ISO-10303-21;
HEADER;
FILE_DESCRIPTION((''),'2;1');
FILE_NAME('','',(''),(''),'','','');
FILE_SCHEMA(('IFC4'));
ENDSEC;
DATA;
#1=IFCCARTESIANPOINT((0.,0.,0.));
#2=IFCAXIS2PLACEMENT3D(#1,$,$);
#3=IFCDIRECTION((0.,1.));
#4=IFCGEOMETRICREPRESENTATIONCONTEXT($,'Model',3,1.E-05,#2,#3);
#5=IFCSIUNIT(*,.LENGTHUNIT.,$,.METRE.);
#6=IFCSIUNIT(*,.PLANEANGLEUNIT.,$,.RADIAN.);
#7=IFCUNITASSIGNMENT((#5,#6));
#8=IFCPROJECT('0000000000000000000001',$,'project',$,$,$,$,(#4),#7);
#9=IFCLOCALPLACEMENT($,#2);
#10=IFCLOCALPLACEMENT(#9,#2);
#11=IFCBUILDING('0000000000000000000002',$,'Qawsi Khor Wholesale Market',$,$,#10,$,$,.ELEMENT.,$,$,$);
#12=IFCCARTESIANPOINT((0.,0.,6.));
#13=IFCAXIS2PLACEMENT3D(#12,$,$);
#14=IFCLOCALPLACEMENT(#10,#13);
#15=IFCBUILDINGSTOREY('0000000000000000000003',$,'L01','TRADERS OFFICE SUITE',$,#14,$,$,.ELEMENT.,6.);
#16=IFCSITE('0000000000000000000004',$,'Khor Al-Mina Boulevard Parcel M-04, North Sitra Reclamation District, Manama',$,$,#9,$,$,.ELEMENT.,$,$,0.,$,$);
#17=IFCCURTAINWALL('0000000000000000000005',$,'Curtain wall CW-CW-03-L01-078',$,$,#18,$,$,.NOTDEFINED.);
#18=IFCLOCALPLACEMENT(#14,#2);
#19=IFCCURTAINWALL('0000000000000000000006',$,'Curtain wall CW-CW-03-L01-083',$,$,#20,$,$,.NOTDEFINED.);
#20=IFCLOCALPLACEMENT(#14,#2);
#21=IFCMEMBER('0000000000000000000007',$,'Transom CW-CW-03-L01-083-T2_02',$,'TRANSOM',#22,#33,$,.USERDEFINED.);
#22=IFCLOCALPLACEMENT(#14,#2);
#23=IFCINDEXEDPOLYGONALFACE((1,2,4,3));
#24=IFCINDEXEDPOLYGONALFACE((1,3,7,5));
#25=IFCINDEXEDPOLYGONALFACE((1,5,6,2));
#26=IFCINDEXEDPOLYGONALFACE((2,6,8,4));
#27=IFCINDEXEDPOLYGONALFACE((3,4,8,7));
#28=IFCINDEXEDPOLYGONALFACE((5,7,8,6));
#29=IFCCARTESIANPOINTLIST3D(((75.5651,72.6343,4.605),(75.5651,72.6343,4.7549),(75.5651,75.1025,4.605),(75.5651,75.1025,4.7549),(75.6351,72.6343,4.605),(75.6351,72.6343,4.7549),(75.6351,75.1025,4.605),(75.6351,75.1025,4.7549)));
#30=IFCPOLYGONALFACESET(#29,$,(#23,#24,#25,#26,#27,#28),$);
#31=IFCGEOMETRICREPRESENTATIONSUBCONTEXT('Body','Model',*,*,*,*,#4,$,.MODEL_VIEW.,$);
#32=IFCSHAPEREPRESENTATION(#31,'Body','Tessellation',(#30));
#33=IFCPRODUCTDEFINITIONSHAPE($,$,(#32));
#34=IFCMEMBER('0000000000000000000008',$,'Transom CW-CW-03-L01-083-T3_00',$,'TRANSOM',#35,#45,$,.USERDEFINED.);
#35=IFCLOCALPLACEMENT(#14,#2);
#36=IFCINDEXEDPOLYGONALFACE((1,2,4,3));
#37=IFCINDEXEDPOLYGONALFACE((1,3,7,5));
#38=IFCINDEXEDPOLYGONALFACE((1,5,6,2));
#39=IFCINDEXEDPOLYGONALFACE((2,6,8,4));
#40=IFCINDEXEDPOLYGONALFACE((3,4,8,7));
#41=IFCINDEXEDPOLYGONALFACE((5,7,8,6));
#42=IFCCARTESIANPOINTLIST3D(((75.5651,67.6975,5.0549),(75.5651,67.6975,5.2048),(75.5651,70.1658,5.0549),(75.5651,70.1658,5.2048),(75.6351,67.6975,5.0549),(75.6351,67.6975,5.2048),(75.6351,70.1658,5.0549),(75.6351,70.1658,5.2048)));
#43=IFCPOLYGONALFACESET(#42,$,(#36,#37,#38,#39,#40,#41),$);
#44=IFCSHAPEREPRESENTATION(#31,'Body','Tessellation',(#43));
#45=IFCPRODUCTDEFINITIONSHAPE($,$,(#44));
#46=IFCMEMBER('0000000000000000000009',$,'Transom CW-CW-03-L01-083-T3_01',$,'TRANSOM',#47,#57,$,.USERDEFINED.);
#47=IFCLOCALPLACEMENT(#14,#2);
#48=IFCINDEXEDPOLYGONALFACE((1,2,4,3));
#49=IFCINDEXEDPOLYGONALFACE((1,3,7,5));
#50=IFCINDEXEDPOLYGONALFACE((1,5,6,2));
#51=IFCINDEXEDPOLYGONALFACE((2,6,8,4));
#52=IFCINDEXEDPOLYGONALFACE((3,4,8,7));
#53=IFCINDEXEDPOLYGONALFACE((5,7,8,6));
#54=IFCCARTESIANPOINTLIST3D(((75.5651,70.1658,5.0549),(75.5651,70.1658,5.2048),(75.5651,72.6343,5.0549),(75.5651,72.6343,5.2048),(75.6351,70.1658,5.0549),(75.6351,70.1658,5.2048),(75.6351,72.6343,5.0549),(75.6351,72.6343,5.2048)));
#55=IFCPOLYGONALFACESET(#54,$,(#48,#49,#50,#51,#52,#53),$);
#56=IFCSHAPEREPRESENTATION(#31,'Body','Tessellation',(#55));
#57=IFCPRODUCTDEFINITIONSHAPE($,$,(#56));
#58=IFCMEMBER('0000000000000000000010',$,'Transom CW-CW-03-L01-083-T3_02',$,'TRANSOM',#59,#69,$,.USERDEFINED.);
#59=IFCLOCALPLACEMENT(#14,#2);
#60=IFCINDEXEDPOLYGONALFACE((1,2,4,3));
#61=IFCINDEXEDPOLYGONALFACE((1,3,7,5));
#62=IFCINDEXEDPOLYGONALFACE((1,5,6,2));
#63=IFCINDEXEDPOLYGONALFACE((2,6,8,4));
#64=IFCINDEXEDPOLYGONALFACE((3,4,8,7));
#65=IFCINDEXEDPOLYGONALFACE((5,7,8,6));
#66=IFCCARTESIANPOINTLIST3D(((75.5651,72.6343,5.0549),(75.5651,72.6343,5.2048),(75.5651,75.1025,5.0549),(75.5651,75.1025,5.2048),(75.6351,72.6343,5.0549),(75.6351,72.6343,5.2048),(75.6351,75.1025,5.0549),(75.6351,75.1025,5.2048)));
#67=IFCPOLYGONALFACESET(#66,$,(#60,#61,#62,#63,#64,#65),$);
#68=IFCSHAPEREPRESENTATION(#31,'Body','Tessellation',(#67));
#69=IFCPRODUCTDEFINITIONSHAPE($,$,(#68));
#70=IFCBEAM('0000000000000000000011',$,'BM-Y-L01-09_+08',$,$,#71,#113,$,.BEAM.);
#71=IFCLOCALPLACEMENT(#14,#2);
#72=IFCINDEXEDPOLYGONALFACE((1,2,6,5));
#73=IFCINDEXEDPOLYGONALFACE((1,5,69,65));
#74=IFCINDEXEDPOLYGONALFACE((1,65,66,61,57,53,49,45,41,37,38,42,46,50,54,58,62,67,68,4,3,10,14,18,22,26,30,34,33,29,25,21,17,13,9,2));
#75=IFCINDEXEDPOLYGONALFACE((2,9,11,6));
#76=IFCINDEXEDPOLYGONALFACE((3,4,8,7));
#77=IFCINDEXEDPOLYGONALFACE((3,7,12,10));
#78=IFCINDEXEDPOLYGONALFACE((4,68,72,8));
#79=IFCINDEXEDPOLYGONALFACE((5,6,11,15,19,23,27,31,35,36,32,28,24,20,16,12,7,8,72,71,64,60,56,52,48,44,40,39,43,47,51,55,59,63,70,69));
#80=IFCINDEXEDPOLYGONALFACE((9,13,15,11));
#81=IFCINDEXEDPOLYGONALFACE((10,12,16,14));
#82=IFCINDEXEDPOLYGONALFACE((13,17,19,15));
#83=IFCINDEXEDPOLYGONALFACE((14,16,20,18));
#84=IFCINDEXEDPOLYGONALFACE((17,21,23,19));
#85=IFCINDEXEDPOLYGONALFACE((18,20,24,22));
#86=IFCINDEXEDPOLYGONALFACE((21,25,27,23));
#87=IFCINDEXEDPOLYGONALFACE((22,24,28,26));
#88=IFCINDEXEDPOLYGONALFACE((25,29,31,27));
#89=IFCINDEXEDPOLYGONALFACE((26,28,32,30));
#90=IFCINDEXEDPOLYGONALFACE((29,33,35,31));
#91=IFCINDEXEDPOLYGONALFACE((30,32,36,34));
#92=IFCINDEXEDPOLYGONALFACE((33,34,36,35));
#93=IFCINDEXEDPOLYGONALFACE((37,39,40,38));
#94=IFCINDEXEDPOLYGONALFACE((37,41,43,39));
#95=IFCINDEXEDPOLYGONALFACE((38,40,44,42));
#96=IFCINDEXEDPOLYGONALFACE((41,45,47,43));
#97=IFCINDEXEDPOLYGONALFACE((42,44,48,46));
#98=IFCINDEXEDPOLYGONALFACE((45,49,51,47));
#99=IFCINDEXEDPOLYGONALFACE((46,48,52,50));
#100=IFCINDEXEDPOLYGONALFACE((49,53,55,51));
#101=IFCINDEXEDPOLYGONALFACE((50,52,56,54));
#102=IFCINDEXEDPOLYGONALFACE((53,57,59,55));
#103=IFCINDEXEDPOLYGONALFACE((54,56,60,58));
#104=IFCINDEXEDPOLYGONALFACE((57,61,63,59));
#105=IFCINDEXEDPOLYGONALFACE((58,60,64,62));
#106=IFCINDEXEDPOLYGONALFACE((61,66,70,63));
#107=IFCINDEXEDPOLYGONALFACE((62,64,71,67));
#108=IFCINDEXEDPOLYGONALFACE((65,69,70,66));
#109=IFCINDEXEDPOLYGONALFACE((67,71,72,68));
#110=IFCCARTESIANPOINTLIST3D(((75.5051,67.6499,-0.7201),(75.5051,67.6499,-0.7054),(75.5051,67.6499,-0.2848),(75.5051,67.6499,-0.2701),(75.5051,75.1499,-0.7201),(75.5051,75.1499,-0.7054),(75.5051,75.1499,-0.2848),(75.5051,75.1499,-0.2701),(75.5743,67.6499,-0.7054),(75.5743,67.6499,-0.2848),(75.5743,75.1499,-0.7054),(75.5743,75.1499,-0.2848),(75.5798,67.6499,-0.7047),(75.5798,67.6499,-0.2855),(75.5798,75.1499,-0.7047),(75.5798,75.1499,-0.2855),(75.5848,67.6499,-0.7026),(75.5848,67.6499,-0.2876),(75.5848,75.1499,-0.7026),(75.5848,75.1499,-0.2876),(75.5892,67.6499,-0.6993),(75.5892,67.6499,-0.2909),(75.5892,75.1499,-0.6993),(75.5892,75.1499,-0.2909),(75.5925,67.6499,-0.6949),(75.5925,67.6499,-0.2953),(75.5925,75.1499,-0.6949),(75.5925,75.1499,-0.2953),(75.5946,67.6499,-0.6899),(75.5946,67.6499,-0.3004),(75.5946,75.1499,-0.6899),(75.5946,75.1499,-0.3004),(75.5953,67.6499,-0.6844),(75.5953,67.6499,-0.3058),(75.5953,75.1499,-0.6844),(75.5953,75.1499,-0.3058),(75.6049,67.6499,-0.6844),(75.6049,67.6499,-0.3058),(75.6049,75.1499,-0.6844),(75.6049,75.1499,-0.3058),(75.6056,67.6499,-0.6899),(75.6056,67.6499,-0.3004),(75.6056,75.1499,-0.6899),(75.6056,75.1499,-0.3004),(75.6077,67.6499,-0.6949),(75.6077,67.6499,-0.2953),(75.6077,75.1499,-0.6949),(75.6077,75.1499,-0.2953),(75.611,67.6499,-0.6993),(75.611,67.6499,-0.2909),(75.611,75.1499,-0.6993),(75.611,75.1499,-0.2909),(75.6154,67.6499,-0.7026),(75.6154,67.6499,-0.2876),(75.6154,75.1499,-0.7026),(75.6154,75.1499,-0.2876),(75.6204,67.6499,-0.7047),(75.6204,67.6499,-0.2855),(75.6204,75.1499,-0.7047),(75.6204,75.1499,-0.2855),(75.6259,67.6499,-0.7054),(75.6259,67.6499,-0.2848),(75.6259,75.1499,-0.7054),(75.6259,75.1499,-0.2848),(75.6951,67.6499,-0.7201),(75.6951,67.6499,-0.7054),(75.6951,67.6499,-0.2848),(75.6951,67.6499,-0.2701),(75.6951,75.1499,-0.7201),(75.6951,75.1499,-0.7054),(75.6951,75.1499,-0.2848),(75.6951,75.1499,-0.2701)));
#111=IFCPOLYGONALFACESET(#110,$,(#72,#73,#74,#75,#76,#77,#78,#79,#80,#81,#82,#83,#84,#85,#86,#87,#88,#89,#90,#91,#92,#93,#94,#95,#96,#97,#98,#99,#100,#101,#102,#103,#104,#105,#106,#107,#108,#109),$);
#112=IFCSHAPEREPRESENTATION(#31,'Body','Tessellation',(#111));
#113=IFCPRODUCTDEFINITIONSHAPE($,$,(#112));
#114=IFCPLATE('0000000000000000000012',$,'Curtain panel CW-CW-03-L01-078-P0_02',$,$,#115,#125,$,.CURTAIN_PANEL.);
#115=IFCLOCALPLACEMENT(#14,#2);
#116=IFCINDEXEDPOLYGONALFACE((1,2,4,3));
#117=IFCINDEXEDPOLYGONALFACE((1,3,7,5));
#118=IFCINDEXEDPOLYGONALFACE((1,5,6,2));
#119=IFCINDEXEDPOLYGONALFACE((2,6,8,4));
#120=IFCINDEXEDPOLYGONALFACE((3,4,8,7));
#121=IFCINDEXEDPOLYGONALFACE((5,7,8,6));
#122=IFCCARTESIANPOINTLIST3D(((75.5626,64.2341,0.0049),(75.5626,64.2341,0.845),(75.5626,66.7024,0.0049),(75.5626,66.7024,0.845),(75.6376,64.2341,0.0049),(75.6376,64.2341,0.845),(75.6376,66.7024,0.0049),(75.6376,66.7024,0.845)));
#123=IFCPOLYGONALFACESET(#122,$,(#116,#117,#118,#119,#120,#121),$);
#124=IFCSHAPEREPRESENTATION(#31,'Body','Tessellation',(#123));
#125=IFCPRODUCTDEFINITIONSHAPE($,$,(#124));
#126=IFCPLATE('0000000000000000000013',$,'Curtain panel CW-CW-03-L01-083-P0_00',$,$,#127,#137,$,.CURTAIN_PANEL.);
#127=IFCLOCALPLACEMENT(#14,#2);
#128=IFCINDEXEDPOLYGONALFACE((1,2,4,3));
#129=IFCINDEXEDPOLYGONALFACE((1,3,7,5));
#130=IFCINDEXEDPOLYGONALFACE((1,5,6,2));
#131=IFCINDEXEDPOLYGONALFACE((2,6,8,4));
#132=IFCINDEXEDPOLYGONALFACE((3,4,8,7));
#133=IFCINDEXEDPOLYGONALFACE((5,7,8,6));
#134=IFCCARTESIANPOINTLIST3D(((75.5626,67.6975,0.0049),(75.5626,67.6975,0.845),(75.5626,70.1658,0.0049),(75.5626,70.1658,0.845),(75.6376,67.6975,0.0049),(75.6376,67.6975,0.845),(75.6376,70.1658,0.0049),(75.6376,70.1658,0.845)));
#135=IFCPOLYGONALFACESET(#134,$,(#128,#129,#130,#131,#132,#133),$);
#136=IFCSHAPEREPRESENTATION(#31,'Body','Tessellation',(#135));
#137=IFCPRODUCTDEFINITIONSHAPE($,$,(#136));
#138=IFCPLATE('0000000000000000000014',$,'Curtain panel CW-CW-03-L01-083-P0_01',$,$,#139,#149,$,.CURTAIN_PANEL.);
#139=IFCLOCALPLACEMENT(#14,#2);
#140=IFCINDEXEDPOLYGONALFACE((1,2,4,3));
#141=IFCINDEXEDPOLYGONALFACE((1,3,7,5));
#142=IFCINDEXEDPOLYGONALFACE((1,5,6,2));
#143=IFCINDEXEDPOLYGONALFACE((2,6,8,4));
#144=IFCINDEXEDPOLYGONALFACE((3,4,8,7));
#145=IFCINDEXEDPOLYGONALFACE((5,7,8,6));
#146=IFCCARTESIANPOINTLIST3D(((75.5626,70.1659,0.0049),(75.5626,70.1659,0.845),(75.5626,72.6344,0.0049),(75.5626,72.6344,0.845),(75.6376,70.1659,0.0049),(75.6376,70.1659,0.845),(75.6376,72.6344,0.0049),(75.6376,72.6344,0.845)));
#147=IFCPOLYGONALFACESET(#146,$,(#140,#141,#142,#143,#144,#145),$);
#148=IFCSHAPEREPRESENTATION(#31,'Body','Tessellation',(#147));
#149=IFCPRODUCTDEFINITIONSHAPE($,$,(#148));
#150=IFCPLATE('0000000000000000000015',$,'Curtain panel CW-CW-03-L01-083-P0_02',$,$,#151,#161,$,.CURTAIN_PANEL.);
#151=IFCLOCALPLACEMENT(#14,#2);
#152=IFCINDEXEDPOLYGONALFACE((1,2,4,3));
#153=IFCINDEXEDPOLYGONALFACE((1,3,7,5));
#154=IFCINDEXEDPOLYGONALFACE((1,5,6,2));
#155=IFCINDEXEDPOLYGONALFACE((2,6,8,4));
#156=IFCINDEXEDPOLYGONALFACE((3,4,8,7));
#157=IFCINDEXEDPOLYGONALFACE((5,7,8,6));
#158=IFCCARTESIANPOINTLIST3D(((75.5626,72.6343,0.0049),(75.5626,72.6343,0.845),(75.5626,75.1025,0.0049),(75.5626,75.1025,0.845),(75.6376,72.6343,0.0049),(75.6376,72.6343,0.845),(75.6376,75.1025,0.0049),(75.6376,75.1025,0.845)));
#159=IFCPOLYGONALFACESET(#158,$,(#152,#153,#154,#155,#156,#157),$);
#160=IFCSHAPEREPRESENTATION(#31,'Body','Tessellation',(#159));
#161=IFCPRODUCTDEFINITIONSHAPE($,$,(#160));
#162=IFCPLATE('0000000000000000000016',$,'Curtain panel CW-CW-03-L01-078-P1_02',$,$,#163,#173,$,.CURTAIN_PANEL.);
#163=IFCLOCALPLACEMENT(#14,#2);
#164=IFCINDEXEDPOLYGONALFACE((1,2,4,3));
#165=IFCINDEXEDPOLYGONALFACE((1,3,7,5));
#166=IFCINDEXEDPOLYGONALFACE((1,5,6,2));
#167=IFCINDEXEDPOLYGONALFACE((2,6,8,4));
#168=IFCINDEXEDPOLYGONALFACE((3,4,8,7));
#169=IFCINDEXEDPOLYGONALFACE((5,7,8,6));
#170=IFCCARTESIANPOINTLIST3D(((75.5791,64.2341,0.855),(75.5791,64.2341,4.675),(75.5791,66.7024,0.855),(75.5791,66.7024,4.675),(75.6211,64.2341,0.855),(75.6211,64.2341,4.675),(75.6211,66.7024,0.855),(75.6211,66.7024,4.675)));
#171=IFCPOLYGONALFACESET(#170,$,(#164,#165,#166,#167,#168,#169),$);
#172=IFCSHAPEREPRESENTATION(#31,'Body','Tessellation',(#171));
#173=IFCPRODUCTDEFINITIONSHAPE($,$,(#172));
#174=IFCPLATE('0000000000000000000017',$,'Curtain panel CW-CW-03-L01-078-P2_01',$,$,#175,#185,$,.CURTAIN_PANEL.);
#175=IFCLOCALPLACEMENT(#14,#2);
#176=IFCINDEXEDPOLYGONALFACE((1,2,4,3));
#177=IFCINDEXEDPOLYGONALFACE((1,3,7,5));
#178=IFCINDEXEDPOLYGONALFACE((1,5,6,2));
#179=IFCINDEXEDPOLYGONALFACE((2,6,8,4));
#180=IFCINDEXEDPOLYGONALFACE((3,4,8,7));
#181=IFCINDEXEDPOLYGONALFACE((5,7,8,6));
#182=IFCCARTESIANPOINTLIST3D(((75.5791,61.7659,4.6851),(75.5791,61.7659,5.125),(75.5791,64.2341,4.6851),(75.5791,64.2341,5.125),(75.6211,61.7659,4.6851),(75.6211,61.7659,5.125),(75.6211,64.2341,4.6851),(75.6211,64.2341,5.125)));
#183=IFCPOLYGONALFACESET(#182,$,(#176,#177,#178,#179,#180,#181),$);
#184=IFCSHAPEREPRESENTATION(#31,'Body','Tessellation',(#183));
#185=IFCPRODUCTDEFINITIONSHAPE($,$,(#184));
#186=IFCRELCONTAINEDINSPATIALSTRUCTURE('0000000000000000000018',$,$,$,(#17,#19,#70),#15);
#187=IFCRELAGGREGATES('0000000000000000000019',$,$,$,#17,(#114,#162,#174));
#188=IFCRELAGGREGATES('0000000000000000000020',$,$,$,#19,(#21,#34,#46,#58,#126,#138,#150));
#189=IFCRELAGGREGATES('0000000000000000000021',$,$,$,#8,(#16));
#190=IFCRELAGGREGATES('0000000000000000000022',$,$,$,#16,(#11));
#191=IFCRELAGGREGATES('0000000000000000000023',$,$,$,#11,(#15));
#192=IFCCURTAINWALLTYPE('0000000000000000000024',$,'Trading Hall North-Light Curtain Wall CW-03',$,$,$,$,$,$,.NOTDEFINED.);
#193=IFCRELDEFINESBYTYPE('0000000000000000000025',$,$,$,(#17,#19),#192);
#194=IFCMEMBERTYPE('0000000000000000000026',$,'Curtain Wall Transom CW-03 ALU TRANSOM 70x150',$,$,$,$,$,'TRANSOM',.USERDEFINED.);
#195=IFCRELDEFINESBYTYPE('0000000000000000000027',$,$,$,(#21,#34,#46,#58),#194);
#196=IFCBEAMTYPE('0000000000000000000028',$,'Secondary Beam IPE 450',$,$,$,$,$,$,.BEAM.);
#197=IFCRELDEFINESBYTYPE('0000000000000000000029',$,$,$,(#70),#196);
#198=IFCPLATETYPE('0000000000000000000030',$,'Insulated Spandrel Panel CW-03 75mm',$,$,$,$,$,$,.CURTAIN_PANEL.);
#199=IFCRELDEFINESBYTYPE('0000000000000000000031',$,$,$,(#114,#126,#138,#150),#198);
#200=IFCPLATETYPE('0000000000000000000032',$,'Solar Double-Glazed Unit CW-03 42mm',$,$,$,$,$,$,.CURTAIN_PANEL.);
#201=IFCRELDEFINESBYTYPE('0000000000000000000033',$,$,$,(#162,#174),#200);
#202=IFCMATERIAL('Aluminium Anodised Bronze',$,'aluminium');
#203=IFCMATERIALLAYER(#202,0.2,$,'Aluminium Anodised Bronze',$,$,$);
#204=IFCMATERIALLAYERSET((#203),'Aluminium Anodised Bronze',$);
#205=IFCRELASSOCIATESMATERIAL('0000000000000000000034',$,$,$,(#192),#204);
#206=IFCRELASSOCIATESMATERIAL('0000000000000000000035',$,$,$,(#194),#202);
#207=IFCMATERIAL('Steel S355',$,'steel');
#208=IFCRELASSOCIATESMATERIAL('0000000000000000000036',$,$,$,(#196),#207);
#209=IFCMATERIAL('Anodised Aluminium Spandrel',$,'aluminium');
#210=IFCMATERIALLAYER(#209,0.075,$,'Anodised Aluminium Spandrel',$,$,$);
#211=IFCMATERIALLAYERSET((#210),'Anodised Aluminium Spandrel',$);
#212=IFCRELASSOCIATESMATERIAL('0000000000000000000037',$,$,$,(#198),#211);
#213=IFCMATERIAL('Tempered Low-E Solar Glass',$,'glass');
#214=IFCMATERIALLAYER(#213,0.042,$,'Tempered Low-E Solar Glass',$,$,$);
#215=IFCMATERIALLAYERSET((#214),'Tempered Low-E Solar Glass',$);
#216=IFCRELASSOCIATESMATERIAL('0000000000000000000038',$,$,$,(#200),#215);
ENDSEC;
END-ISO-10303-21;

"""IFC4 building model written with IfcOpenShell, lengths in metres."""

from ifc_helpers import new_model, si_unit, direction, frame, frame_2d, origin, origin_2d, place, context, subcontext, project, spatial, rectangle, i_section, extrude, material, layer, layer_set, material_profile, profile_set, type_object, element, aggregate, save


model = new_model("IFC4")

# Units and contexts
model_context = context("Model", 3, precision=1e-05, world=origin(), true_north=direction((0.0, 1.0)))
body_context = subcontext(model_context, "Body", "Model", "MODEL_VIEW")
ifc_project = project(units=[si_unit("LENGTHUNIT", "METRE"), si_unit("PLANEANGLEUNIT", "RADIAN")], contexts=[model_context])

# Site, building, storey
site_placement = place(None, origin())
site = spatial("IfcSite", under=ifc_project, at=site_placement, Name="Khor Al-Mina Boulevard Parcel M-04, North Sitra Reclamation District, Manama", CompositionType="ELEMENT", RefElevation=0.0)
building_placement = place(site_placement, origin())
building = spatial("IfcBuilding", under=site, at=building_placement, Name="Qawsi Khor Wholesale Market", CompositionType="ELEMENT")
storey_placement = place(building_placement, frame((0.0, 0.0, 6.0)))
storey = spatial("IfcBuildingStorey", under=building, at=storey_placement, Name="L01", Description="TRADERS OFFICE SUITE", CompositionType="ELEMENT", Elevation=6.0)

# Curtain walls
ifc_material_1 = material(Name="Aluminium Anodised Bronze", Category="aluminium")
ifc_layer_1 = layer(ifc_material_1, 0.2, Name="Aluminium Anodised Bronze")
ifc_layer_set_1 = layer_set([ifc_layer_1], Name="Aluminium Anodised Bronze")
curtain_wall_type = type_object("IfcCurtainWallType", Name="Trading Hall North-Light Curtain Wall CW-03", PredefinedType="NOTDEFINED", material=ifc_layer_set_1)
curtain_wall_1_placement = place(storey_placement, origin())
curtain_wall_1 = element("IfcCurtainWall", 1, at=curtain_wall_1_placement, inside=storey, type_object=curtain_wall_type, Name="Curtain wall CW-CW-03-L01-078", PredefinedType="NOTDEFINED")
curtain_wall_2_placement = place(storey_placement, origin())
curtain_wall_2 = element("IfcCurtainWall", 2, at=curtain_wall_2_placement, inside=storey, type_object=curtain_wall_type, Name="Curtain wall CW-CW-03-L01-083", PredefinedType="NOTDEFINED")

# Members
ifc_material_profile_1 = material_profile(ifc_material_1, rectangle(XDim=0.0701, YDim=0.1499, at=origin_2d()), Name="ALU TRANSOM 70x150")
ifc_profile_set_1 = profile_set([ifc_material_profile_1], Name="Aluminium Anodised Bronze")
member_type_1 = type_object("IfcMemberType", Name="Curtain Wall Transom CW-03 ALU TRANSOM 70x150", ElementType="TRANSOM", PredefinedType="USERDEFINED", material=ifc_profile_set_1)
member_1_placement = place(storey_placement, frame((75.6001, 72.6343, 4.6799), z_axis=(0.0, 1.0, 0.0), x_axis=(-1.0, 0.0, 0.0)))
member_1 = element("IfcMember", 3, at=member_1_placement, type_object=member_type_1, Name="Transom CW-CW-03-L01-083-T2_02", ObjectType="TRANSOM", PredefinedType="USERDEFINED", context=body_context, shape_type="SweptSolid", body=[
    extrude(rectangle(XDim=0.0701, YDim=0.1499, at=origin_2d()), origin(), (0.0, 0.0, 1.0), 2.4683),
])
member_2_placement = place(storey_placement, frame((75.6001, 67.6975, 5.1299), z_axis=(0.0, 1.0, 0.0), x_axis=(-1.0, 0.0, 0.0)))
member_2 = element("IfcMember", 4, at=member_2_placement, type_object=member_type_1, Name="Transom CW-CW-03-L01-083-T3_00", ObjectType="TRANSOM", PredefinedType="USERDEFINED", context=body_context, shape_type="SweptSolid", body=[
    extrude(rectangle(XDim=0.0701, YDim=0.1499, at=origin_2d()), origin(), (0.0, 0.0, 1.0), 2.4683),
])
member_3_placement = place(storey_placement, frame((75.6001, 70.1658, 5.1299), z_axis=(0.0, 1.0, 0.0), x_axis=(-1.0, 0.0, 0.0)))
member_3 = element("IfcMember", 5, at=member_3_placement, type_object=member_type_1, Name="Transom CW-CW-03-L01-083-T3_01", ObjectType="TRANSOM", PredefinedType="USERDEFINED", context=body_context, shape_type="SweptSolid", body=[
    extrude(rectangle(XDim=0.0701, YDim=0.1499, at=origin_2d()), origin(), (0.0, 0.0, 1.0), 2.4685),
])
member_4_placement = place(storey_placement, frame((75.6001, 72.6343, 5.1299), z_axis=(0.0, 1.0, 0.0), x_axis=(-1.0, 0.0, 0.0)))
member_4 = element("IfcMember", 6, at=member_4_placement, type_object=member_type_1, Name="Transom CW-CW-03-L01-083-T3_02", ObjectType="TRANSOM", PredefinedType="USERDEFINED", context=body_context, shape_type="SweptSolid", body=[
    extrude(rectangle(XDim=0.0701, YDim=0.1499, at=origin_2d()), origin(), (0.0, 0.0, 1.0), 2.4683),
])

# Beam
ifc_material_2 = material(Name="Steel S355", Category="steel")
ifc_material_profile_2 = material_profile(ifc_material_2, i_section(OverallWidth=0.1899, OverallDepth=0.45, WebThickness=0.0095, FlangeThickness=0.0146, FilletRadius=0.021, at=origin_2d()), Name="IPE 450")
ifc_profile_set_2 = profile_set([ifc_material_profile_2], Name="Steel S355")
beam_type = type_object("IfcBeamType", Name="Secondary Beam IPE 450", PredefinedType="BEAM", material=ifc_profile_set_2)
beam_placement = place(storey_placement, frame((75.6001, 67.6499, -0.4951), z_axis=(0.0, 1.0, 0.0), x_axis=(-1.0, 0.0, 0.0)))
element("IfcBeam", 7, at=beam_placement, inside=storey, type_object=beam_type, Name="BM-Y-L01-09_+08", PredefinedType="BEAM", context=body_context, shape_type="SweptSolid", body=[
    extrude(i_section(OverallWidth=0.1899, OverallDepth=0.45, WebThickness=0.0095, FlangeThickness=0.0146, FilletRadius=0.021, at=origin_2d()), origin(), (0.0, 0.0, 1.0), 7.5),
])

# Plates
ifc_material_3 = material(Name="Anodised Aluminium Spandrel", Category="aluminium")
ifc_layer_2 = layer(ifc_material_3, 0.075, Name="Anodised Aluminium Spandrel")
ifc_layer_set_2 = layer_set([ifc_layer_2], Name="Anodised Aluminium Spandrel")
plate_type_1 = type_object("IfcPlateType", Name="Insulated Spandrel Panel CW-03 75mm", PredefinedType="CURTAIN_PANEL", material=ifc_layer_set_2)
plate_1_placement = place(storey_placement, frame((75.6001, 64.2341, 0.0049), z_axis=(0.0, 0.0, 1.0), x_axis=(0.0, 1.0, 0.0)))
plate_1 = element("IfcPlate", 8, at=plate_1_placement, type_object=plate_type_1, Name="Curtain panel CW-CW-03-L01-078-P0_02", PredefinedType="CURTAIN_PANEL", context=body_context, shape_type="SweptSolid", body=[
    extrude(rectangle(XDim=2.4683, YDim=0.075, at=frame_2d((1.2341, 0.0))), origin(), (0.0, 0.0, 1.0), 0.8401),
])
plate_2_placement = place(storey_placement, frame((75.6001, 67.6975, 0.0049), z_axis=(0.0, 0.0, 1.0), x_axis=(0.0, 1.0, 0.0)))
plate_2 = element("IfcPlate", 9, at=plate_2_placement, type_object=plate_type_1, Name="Curtain panel CW-CW-03-L01-083-P0_00", PredefinedType="CURTAIN_PANEL", context=body_context, shape_type="SweptSolid", body=[
    extrude(rectangle(XDim=2.4683, YDim=0.075, at=frame_2d((1.2341, 0.0))), origin(), (0.0, 0.0, 1.0), 0.8401),
])
plate_3_placement = place(storey_placement, frame((75.6001, 70.1658, 0.0049), z_axis=(0.0, 0.0, 1.0), x_axis=(0.0, 1.0, 0.0)))
plate_3 = element("IfcPlate", 10, at=plate_3_placement, type_object=plate_type_1, Name="Curtain panel CW-CW-03-L01-083-P0_01", PredefinedType="CURTAIN_PANEL", context=body_context, shape_type="SweptSolid", body=[
    extrude(rectangle(XDim=2.4685, YDim=0.075, at=frame_2d((1.2344, 0.0))), origin(), (0.0, 0.0, 1.0), 0.8401),
])
plate_4_placement = place(storey_placement, frame((75.6001, 72.6343, 0.0049), z_axis=(0.0, 0.0, 1.0), x_axis=(0.0, 1.0, 0.0)))
plate_4 = element("IfcPlate", 11, at=plate_4_placement, type_object=plate_type_1, Name="Curtain panel CW-CW-03-L01-083-P0_02", PredefinedType="CURTAIN_PANEL", context=body_context, shape_type="SweptSolid", body=[
    extrude(rectangle(XDim=2.4683, YDim=0.075, at=frame_2d((1.2341, 0.0))), origin(), (0.0, 0.0, 1.0), 0.8401),
])
ifc_material_4 = material(Name="Tempered Low-E Solar Glass", Category="glass")
ifc_layer_3 = layer(ifc_material_4, 0.042, Name="Tempered Low-E Solar Glass")
ifc_layer_set_3 = layer_set([ifc_layer_3], Name="Tempered Low-E Solar Glass")
plate_type_2 = type_object("IfcPlateType", Name="Solar Double-Glazed Unit CW-03 42mm", PredefinedType="CURTAIN_PANEL", material=ifc_layer_set_3)
plate_5_placement = place(storey_placement, frame((75.6001, 64.2341, 0.855), z_axis=(0.0, 0.0, 1.0), x_axis=(0.0, 1.0, 0.0)))
plate_5 = element("IfcPlate", 12, at=plate_5_placement, type_object=plate_type_2, Name="Curtain panel CW-CW-03-L01-078-P1_02", PredefinedType="CURTAIN_PANEL", context=body_context, shape_type="SweptSolid", body=[
    extrude(rectangle(XDim=2.4683, YDim=0.042, at=frame_2d((1.2341, 0.0))), origin(), (0.0, 0.0, 1.0), 3.8201),
])
plate_6_placement = place(storey_placement, frame((75.6001, 61.7659, 4.6851), z_axis=(0.0, 0.0, 1.0), x_axis=(0.0, 1.0, 0.0)))
plate_6 = element("IfcPlate", 13, at=plate_6_placement, type_object=plate_type_2, Name="Curtain panel CW-CW-03-L01-078-P2_01", PredefinedType="CURTAIN_PANEL", context=body_context, shape_type="SweptSolid", body=[
    extrude(rectangle(XDim=2.4683, YDim=0.042, at=frame_2d((1.2341, 0.0))), origin(), (0.0, 0.0, 1.0), 0.4399),
])
aggregate(curtain_wall_1, [plate_1, plate_5, plate_6])
aggregate(curtain_wall_2, [member_1, member_2, member_3, member_4, plate_2, plate_3, plate_4])

save(model, "model.ifc")
